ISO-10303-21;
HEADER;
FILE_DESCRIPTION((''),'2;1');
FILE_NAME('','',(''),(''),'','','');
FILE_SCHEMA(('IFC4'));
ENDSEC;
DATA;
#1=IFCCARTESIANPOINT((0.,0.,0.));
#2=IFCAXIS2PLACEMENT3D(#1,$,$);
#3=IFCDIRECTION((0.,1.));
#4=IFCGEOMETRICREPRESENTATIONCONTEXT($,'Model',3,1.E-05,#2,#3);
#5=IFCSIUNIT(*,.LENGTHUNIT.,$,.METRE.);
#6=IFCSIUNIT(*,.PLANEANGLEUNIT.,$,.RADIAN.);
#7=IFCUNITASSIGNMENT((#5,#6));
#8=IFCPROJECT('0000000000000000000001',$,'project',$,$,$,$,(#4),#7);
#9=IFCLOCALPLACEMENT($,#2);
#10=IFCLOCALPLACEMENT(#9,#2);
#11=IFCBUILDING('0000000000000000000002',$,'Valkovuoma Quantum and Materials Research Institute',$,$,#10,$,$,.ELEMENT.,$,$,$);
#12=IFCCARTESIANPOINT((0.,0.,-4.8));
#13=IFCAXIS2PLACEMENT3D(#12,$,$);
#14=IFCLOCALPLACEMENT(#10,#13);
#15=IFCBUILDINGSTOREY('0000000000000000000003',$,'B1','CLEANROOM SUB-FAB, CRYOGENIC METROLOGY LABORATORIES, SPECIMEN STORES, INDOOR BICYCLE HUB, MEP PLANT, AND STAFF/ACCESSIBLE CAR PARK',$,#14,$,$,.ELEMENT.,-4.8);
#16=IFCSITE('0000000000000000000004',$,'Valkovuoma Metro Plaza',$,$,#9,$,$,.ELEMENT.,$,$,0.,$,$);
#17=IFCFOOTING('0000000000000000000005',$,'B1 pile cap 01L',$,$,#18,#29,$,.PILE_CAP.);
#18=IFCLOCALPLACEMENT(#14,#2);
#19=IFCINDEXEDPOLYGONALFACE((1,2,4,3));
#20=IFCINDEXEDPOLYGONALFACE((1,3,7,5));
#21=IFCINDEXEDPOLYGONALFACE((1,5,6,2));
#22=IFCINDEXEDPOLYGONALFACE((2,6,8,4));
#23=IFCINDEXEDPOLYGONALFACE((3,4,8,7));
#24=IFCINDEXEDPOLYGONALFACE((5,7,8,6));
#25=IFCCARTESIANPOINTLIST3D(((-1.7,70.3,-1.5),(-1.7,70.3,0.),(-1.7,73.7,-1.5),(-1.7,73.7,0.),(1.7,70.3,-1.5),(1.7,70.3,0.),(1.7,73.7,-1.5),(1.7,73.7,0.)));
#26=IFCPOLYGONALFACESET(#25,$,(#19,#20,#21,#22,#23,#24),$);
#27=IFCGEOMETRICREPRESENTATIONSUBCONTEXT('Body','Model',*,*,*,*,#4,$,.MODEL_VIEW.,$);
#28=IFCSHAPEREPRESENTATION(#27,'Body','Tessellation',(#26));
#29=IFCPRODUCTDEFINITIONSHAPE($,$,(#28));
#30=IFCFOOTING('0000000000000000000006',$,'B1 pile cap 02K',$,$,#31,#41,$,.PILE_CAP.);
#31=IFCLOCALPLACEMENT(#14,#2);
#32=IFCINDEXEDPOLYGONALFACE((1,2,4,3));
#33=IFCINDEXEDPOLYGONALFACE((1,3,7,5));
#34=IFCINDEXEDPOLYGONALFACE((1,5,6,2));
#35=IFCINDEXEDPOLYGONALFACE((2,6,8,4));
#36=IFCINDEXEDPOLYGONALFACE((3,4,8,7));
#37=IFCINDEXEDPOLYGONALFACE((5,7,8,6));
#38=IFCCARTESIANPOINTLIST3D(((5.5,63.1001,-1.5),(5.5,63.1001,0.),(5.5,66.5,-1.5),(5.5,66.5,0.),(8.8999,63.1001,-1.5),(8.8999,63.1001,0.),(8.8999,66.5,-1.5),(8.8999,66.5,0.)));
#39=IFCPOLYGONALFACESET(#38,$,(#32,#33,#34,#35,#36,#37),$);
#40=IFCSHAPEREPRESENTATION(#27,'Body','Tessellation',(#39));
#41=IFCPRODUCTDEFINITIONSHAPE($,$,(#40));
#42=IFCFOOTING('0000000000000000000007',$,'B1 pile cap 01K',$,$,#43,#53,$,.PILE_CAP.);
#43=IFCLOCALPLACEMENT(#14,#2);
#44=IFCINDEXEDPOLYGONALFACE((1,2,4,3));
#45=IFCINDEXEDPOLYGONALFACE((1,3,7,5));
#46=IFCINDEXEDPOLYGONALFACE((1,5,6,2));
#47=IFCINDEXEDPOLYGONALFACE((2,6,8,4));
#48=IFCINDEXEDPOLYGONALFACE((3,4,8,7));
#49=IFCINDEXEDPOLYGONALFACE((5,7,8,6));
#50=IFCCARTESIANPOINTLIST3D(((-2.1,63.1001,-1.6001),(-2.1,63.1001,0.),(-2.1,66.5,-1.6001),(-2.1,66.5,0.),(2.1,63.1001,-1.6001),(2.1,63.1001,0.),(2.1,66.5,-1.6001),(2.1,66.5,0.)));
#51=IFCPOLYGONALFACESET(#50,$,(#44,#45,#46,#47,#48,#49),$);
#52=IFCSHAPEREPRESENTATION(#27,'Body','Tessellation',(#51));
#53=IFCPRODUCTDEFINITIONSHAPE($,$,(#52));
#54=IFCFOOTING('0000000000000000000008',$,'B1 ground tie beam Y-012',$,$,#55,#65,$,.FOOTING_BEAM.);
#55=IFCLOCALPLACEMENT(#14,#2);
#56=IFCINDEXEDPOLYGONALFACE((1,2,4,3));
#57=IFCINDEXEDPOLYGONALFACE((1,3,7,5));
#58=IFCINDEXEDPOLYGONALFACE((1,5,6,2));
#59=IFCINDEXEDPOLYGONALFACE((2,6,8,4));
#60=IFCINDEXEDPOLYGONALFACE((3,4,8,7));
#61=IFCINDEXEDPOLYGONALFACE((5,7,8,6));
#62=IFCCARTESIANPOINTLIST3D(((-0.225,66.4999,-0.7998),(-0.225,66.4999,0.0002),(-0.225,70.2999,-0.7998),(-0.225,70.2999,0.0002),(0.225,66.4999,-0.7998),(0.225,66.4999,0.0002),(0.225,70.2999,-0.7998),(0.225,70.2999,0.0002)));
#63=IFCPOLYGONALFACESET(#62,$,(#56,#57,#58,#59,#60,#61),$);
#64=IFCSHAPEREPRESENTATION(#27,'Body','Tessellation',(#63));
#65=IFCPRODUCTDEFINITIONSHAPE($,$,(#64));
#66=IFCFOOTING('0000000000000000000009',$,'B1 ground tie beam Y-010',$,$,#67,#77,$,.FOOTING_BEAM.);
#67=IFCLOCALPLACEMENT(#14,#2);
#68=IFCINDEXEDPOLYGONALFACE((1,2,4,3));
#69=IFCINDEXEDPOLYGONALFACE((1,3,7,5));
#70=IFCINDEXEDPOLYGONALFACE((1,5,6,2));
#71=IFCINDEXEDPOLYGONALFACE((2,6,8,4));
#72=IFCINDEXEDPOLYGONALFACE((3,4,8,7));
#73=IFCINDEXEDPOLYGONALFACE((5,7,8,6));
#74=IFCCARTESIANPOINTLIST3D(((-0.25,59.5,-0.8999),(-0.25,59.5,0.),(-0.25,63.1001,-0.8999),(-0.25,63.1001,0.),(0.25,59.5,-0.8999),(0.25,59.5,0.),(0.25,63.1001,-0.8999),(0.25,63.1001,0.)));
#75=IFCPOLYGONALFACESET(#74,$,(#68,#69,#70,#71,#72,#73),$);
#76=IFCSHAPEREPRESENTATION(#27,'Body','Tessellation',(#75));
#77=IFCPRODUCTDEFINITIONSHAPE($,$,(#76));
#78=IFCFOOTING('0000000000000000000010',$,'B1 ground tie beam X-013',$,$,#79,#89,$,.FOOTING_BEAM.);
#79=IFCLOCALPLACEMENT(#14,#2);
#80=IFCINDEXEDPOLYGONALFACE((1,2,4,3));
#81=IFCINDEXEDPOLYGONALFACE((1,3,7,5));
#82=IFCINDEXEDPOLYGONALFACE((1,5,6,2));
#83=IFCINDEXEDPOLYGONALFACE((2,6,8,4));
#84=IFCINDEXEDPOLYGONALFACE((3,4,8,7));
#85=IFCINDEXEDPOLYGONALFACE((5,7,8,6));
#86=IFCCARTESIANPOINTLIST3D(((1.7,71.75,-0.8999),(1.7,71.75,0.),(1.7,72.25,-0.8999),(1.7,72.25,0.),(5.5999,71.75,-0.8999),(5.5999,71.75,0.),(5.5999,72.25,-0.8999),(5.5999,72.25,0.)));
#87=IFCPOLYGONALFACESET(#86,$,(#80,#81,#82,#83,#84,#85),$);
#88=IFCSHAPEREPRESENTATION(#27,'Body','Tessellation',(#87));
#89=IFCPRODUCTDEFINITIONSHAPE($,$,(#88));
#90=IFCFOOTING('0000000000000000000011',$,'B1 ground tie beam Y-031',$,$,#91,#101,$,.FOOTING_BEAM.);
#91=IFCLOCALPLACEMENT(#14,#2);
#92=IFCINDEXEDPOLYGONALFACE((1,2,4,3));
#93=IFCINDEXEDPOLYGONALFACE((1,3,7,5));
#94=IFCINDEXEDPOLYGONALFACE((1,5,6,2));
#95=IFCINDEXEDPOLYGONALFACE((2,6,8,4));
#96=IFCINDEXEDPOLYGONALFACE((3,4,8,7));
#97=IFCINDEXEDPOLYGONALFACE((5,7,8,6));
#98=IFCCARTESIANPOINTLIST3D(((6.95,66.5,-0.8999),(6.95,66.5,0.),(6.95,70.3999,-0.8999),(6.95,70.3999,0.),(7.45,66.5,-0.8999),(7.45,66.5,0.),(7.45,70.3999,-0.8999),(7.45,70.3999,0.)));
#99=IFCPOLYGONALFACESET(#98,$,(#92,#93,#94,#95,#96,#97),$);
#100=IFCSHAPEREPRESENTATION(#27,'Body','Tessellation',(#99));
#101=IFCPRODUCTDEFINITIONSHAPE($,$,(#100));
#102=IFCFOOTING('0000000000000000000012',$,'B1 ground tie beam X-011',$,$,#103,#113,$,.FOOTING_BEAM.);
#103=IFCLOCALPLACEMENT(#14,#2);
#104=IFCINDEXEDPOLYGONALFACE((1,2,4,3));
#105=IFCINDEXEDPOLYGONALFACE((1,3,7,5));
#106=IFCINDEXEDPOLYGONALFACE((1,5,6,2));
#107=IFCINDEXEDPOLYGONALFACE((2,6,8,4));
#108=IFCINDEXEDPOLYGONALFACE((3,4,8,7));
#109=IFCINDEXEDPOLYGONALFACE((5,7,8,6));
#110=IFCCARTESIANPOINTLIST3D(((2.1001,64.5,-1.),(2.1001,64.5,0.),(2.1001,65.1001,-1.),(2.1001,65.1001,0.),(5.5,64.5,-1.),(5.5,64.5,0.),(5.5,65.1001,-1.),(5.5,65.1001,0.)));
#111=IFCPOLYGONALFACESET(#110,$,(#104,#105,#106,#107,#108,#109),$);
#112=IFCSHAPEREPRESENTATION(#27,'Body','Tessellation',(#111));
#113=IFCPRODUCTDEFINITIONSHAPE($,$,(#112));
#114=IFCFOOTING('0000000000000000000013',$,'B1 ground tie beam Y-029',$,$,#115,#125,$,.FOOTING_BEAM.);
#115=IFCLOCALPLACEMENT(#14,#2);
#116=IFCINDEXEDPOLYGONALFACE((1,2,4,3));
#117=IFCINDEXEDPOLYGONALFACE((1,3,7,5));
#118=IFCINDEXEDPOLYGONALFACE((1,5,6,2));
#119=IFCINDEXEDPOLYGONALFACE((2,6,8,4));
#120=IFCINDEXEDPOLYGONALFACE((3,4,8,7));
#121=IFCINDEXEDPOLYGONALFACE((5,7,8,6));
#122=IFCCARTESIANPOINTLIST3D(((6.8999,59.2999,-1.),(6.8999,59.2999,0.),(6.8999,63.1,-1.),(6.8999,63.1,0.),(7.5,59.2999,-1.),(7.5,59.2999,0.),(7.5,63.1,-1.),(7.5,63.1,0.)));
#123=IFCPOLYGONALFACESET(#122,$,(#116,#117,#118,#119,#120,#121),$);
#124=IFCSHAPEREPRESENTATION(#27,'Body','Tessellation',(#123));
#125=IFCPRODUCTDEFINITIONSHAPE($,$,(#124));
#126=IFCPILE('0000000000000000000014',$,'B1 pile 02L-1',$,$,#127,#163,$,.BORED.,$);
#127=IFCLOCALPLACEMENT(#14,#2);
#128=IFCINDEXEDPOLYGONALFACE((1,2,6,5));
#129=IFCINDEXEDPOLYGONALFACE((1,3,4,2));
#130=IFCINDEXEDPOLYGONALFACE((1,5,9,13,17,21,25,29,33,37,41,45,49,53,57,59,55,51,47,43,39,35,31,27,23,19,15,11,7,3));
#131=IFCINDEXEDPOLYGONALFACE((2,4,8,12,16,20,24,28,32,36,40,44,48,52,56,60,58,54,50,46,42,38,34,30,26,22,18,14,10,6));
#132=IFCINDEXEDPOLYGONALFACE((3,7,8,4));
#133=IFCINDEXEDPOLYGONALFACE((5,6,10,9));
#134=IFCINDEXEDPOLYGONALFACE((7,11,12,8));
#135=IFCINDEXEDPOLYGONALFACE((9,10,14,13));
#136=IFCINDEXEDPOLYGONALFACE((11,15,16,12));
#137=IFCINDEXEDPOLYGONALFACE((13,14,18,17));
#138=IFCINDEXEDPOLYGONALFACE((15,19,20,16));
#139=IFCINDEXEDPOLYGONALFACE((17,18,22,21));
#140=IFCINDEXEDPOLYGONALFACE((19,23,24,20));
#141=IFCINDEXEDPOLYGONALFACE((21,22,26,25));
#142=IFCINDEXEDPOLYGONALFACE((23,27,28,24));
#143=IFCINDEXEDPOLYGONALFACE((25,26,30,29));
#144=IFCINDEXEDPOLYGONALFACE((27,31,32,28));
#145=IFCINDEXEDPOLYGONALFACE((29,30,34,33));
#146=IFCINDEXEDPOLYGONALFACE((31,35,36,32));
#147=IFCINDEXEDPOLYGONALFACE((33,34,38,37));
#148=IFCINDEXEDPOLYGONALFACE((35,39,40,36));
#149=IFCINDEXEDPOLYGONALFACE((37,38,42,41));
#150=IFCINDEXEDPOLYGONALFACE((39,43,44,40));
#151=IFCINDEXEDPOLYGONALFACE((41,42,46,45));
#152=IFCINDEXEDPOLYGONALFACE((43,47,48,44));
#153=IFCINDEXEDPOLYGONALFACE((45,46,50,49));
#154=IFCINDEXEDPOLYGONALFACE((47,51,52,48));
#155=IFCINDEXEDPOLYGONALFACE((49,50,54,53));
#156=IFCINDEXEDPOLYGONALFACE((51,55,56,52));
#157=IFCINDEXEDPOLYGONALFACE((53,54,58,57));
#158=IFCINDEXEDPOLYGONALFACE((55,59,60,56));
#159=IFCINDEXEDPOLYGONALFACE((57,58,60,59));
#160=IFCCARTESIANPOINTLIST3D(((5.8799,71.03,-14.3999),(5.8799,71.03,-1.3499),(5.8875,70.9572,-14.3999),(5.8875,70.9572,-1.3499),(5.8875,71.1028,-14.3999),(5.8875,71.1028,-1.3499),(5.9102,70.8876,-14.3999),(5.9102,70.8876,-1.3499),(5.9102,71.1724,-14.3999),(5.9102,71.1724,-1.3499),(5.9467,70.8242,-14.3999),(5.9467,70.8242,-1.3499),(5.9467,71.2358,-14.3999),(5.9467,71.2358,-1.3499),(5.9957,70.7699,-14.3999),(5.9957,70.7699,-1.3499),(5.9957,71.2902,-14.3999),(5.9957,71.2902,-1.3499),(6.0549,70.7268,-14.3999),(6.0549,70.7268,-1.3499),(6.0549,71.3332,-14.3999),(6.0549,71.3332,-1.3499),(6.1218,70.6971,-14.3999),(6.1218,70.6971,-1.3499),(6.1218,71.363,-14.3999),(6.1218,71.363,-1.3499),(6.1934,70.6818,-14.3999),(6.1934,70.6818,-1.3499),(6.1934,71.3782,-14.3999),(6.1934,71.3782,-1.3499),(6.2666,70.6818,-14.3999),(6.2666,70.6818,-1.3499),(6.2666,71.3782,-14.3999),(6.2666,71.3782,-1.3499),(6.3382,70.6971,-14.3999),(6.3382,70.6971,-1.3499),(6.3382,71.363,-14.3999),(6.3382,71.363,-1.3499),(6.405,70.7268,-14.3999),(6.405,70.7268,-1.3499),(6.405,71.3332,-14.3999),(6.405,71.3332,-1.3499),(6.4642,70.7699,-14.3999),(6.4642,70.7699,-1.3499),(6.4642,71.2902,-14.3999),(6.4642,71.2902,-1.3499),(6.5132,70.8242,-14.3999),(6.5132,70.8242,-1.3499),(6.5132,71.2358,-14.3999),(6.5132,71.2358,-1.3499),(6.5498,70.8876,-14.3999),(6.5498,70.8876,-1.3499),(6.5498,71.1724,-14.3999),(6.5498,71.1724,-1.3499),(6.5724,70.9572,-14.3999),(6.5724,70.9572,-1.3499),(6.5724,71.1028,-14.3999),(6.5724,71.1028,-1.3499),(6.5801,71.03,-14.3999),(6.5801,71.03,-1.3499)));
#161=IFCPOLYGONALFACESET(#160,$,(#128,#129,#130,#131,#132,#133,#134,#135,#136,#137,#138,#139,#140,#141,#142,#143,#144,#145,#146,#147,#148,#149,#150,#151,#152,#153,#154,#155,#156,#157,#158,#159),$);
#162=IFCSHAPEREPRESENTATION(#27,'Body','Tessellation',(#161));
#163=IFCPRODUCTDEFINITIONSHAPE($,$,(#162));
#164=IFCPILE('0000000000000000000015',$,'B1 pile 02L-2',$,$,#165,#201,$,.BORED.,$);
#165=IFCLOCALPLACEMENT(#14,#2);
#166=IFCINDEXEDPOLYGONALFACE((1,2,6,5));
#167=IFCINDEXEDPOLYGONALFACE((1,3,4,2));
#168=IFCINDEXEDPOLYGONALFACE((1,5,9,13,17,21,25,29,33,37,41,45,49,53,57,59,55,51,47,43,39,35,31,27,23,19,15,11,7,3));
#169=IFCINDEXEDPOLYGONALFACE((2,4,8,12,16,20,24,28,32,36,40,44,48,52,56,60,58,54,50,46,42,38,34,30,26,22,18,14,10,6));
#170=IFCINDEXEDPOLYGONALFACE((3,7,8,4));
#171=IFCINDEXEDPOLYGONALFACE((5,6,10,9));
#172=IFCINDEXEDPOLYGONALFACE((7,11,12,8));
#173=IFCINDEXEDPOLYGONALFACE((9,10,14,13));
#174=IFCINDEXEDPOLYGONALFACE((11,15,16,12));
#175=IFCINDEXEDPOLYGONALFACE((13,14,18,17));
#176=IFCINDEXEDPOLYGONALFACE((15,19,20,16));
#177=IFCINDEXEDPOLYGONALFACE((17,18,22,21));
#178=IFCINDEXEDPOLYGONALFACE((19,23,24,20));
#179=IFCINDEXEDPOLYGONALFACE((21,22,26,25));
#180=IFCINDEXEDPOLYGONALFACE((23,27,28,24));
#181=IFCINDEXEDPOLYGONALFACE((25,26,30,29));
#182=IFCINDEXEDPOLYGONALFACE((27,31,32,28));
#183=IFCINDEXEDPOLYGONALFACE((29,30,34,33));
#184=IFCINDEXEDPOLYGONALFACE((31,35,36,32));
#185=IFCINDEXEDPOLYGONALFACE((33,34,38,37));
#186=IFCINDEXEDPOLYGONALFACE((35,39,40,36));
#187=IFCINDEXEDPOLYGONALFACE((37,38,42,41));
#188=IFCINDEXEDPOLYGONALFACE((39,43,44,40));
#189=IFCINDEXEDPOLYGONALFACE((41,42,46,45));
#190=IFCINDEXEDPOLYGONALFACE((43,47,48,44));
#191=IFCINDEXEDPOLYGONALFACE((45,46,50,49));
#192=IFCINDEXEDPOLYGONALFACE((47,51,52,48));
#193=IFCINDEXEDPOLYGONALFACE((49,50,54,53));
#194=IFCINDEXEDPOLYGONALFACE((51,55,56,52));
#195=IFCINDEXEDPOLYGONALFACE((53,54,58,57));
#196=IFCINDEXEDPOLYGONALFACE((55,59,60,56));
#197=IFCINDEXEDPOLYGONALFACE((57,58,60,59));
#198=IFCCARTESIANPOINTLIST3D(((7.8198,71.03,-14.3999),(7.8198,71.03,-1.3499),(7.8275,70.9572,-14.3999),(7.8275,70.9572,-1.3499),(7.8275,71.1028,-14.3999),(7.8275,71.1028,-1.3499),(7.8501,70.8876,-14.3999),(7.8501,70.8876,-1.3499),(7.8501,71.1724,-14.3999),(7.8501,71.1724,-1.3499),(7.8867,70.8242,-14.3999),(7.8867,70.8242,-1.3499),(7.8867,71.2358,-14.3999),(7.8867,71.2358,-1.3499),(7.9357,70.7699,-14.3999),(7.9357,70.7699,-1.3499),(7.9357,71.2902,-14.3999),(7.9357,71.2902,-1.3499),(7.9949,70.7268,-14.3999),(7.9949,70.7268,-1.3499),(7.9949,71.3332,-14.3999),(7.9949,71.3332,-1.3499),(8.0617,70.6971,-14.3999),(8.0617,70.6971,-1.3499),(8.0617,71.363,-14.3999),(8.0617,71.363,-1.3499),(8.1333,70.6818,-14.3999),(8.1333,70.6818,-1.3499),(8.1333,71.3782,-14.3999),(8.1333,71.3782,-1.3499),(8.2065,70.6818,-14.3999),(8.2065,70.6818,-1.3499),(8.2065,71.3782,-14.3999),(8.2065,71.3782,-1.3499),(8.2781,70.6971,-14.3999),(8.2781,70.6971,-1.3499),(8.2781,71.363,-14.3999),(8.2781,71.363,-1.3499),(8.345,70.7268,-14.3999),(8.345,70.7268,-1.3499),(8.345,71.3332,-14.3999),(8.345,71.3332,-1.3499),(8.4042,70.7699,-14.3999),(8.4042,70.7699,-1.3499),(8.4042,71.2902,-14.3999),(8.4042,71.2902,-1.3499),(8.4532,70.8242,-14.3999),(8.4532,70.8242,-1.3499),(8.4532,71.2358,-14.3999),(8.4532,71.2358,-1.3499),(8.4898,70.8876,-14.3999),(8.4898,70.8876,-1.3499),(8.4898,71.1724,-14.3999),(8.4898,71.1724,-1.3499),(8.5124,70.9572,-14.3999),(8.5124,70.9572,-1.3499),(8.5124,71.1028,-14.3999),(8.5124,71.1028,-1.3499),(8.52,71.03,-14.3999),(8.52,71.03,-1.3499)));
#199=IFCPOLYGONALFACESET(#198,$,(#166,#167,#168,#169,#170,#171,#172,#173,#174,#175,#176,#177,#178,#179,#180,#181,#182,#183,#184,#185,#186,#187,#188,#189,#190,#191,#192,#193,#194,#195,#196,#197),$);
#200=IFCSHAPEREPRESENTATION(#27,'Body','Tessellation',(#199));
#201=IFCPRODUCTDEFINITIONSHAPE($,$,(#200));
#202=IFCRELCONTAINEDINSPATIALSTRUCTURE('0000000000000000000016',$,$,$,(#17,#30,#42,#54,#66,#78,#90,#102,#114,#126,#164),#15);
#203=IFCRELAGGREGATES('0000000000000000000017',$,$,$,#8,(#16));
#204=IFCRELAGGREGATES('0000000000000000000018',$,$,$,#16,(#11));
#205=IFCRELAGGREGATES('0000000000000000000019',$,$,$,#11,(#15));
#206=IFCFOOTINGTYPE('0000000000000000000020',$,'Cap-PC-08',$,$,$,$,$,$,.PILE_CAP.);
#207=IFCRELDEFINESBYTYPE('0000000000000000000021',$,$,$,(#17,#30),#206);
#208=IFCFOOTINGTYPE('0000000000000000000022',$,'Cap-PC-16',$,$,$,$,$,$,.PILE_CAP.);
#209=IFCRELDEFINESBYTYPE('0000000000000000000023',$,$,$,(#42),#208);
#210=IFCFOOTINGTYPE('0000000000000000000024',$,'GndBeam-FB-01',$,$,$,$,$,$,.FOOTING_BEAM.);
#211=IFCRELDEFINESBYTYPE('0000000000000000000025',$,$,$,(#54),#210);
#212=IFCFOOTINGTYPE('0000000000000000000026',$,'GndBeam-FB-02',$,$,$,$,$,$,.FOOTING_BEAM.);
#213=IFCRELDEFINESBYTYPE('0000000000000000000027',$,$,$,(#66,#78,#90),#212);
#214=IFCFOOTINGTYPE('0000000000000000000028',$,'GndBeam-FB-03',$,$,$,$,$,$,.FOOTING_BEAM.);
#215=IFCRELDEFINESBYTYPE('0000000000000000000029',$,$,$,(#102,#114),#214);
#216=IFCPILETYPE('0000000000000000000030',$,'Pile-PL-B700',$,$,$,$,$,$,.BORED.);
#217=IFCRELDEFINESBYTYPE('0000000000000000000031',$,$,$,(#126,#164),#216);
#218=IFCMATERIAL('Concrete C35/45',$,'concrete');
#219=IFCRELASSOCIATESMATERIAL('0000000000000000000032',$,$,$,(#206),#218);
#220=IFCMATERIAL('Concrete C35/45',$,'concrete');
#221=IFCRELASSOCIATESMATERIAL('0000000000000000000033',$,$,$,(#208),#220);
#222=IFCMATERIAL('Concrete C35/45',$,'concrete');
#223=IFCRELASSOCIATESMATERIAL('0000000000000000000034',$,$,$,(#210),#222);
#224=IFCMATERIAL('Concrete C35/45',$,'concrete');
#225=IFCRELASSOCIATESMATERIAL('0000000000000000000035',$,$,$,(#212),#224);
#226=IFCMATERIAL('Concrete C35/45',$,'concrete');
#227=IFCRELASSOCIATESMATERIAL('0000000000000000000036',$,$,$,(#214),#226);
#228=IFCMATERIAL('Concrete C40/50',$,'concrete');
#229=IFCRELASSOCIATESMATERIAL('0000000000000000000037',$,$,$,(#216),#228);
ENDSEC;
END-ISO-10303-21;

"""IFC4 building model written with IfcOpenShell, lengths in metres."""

from ifc_helpers import new_model, si_unit, direction, frame, origin, origin_2d, place, context, subcontext, project, spatial, rectangle, circle, extrude, material, material_profile, profile_set, type_object, element, save


model = new_model("IFC4")

# Units and contexts
model_context = context("Model", 3, precision=1e-05, world=origin(), true_north=direction((0.0, 1.0)))
body_context = subcontext(model_context, "Body", "Model", "MODEL_VIEW")
ifc_project = project(units=[si_unit("LENGTHUNIT", "METRE"), si_unit("PLANEANGLEUNIT", "RADIAN")], contexts=[model_context])

# Site, building, storey
site_placement = place(None, origin())
site = spatial("IfcSite", under=ifc_project, at=site_placement, Name="Valkovuoma Metro Plaza", CompositionType="ELEMENT", RefElevation=0.0)
building_placement = place(site_placement, origin())
building = spatial("IfcBuilding", under=site, at=building_placement, Name="Valkovuoma Quantum and Materials Research Institute", CompositionType="ELEMENT")
storey_placement = place(building_placement, frame((0.0, 0.0, -4.8)))
storey = spatial("IfcBuildingStorey", under=building, at=storey_placement, Name="B1", Description="CLEANROOM SUB-FAB, CRYOGENIC METROLOGY LABORATORIES, SPECIMEN STORES, INDOOR BICYCLE HUB, MEP PLANT, AND STAFF/ACCESSIBLE CAR PARK", CompositionType="ELEMENT", Elevation=-4.8)

# Footings
ifc_material_1 = material(Name="Concrete C35/45", Category="concrete")
footing_type_1 = type_object("IfcFootingType", Name="Cap-PC-08", PredefinedType="PILE_CAP", material=ifc_material_1)
for number, where, z_axis, x_axis, name in (
    (1, (0.0, 72.0, -1.5), (0.0, 0.0, 1.0), (1.0, 0.0, 0.0), "B1 pile cap 01L"),
    (2, (7.2, 64.8, -1.5), (0.0, 0.0, 1.0), (1.0, 0.0, 0.0), "B1 pile cap 02K"),
):
    element("IfcFooting", number, at=place(storey_placement, frame(where, z_axis=z_axis, x_axis=x_axis)), inside=storey, type_object=footing_type_1, Name=name, PredefinedType="PILE_CAP", context=body_context, shape_type="SweptSolid", body=[
        extrude(rectangle(XDim=3.3999, YDim=3.3999, at=origin_2d()), origin(), (0.0, 0.0, 1.0), 1.5),
    ])
ifc_material_2 = material(Name="Concrete C35/45", Category="concrete")
footing_type_2 = type_object("IfcFootingType", Name="Cap-PC-16", PredefinedType="PILE_CAP", material=ifc_material_2)
footing_1_placement = place(storey_placement, frame((0.0, 64.8, -1.6001), z_axis=(0.0, 0.0, 1.0), x_axis=(1.0, 0.0, 0.0)))
element("IfcFooting", 3, at=footing_1_placement, inside=storey, type_object=footing_type_2, Name="B1 pile cap 01K", PredefinedType="PILE_CAP", context=body_context, shape_type="SweptSolid", body=[
    extrude(rectangle(XDim=4.2, YDim=3.3999, at=origin_2d()), origin(), (0.0, 0.0, 1.0), 1.6001),
])
ifc_material_3 = material(Name="Concrete C35/45", Category="concrete")
footing_type_3 = type_object("IfcFootingType", Name="GndBeam-FB-01", PredefinedType="FOOTING_BEAM", material=ifc_material_3)
footing_2_placement = place(storey_placement, frame((0.0, 68.3999, -0.7998), z_axis=(0.0, 0.0, 1.0), x_axis=(0.0, 1.0, 0.0)))
element("IfcFooting", 4, at=footing_2_placement, inside=storey, type_object=footing_type_3, Name="B1 ground tie beam Y-012", PredefinedType="FOOTING_BEAM", context=body_context, shape_type="SweptSolid", body=[
    extrude(rectangle(XDim=3.8, YDim=0.45, at=origin_2d()), origin(), (0.0, 0.0, 1.0), 0.8),
])
ifc_material_4 = material(Name="Concrete C35/45", Category="concrete")
footing_type_4 = type_object("IfcFootingType", Name="GndBeam-FB-02", PredefinedType="FOOTING_BEAM", material=ifc_material_4)
footing_3_placement = place(storey_placement, frame((0.0, 61.3, -0.8999), z_axis=(0.0, 0.0, 1.0), x_axis=(0.0, 1.0, 0.0)))
element("IfcFooting", 5, at=footing_3_placement, inside=storey, type_object=footing_type_4, Name="B1 ground tie beam Y-010", PredefinedType="FOOTING_BEAM", context=body_context, shape_type="SweptSolid", body=[
    extrude(rectangle(XDim=3.6001, YDim=0.5, at=origin_2d()), origin(), (0.0, 0.0, 1.0), 0.8999),
])
for number, where, z_axis, x_axis, name in (
    (6, (3.6499, 72.0, -0.8999), (0.0, 0.0, 1.0), (1.0, 0.0, 0.0), "B1 ground tie beam X-013"),
    (7, (7.2, 68.45, -0.8999), (0.0, 0.0, 1.0), (0.0, 1.0, 0.0), "B1 ground tie beam Y-031"),
):
    element("IfcFooting", number, at=place(storey_placement, frame(where, z_axis=z_axis, x_axis=x_axis)), inside=storey, type_object=footing_type_4, Name=name, PredefinedType="FOOTING_BEAM", context=body_context, shape_type="SweptSolid", body=[
        extrude(rectangle(XDim=3.8999, YDim=0.5, at=origin_2d()), origin(), (0.0, 0.0, 1.0), 0.8999),
    ])
ifc_material_5 = material(Name="Concrete C35/45", Category="concrete")
footing_type_5 = type_object("IfcFootingType", Name="GndBeam-FB-03", PredefinedType="FOOTING_BEAM", material=ifc_material_5)
footing_4_placement = place(storey_placement, frame((3.8, 64.8, -1.0), z_axis=(0.0, 0.0, 1.0), x_axis=(1.0, 0.0, 0.0)))
element("IfcFooting", 8, at=footing_4_placement, inside=storey, type_object=footing_type_5, Name="B1 ground tie beam X-011", PredefinedType="FOOTING_BEAM", context=body_context, shape_type="SweptSolid", body=[
    extrude(rectangle(XDim=3.3999, YDim=0.6001, at=origin_2d()), origin(), (0.0, 0.0, 1.0), 1.0),
])
footing_5_placement = place(storey_placement, frame((7.2, 61.2, -1.0), z_axis=(0.0, 0.0, 1.0), x_axis=(0.0, 1.0, 0.0)))
element("IfcFooting", 9, at=footing_5_placement, inside=storey, type_object=footing_type_5, Name="B1 ground tie beam Y-029", PredefinedType="FOOTING_BEAM", context=body_context, shape_type="SweptSolid", body=[
    extrude(rectangle(XDim=3.8, YDim=0.6001, at=origin_2d()), origin(), (0.0, 0.0, 1.0), 1.0),
])

# Piles
ifc_material_6 = material(Name="Concrete C40/50", Category="concrete")
ifc_material_profile_1 = material_profile(ifc_material_6, circle(Radius=0.3501, at=origin_2d()), Name="Concrete C40/50")
ifc_profile_set_1 = profile_set([ifc_material_profile_1], Name="Concrete C40/50")
pile_type_1 = type_object("IfcPileType", Name="Pile-PL-B700", PredefinedType="BORED", material=ifc_profile_set_1)
for number, where, z_axis, x_axis, name in (
    (10, (6.23, 71.03, -1.3499), (0.0, 0.0, -1.0), (1.0, 0.0, 0.0), "B1 pile 02L-1"),
    (11, (8.1699, 71.03, -1.3499), (0.0, 0.0, -1.0), (1.0, 0.0, 0.0), "B1 pile 02L-2"),
):
    element("IfcPile", number, at=place(storey_placement, frame(where, z_axis=z_axis, x_axis=x_axis)), inside=storey, type_object=pile_type_1, Name=name, PredefinedType="BORED", context=body_context, shape_type="SweptSolid", body=[
        extrude(circle(Radius=0.3501, at=origin_2d()), origin(), (0.0, 0.0, 1.0), 13.05),
    ])

save(model, "model.ifc")
